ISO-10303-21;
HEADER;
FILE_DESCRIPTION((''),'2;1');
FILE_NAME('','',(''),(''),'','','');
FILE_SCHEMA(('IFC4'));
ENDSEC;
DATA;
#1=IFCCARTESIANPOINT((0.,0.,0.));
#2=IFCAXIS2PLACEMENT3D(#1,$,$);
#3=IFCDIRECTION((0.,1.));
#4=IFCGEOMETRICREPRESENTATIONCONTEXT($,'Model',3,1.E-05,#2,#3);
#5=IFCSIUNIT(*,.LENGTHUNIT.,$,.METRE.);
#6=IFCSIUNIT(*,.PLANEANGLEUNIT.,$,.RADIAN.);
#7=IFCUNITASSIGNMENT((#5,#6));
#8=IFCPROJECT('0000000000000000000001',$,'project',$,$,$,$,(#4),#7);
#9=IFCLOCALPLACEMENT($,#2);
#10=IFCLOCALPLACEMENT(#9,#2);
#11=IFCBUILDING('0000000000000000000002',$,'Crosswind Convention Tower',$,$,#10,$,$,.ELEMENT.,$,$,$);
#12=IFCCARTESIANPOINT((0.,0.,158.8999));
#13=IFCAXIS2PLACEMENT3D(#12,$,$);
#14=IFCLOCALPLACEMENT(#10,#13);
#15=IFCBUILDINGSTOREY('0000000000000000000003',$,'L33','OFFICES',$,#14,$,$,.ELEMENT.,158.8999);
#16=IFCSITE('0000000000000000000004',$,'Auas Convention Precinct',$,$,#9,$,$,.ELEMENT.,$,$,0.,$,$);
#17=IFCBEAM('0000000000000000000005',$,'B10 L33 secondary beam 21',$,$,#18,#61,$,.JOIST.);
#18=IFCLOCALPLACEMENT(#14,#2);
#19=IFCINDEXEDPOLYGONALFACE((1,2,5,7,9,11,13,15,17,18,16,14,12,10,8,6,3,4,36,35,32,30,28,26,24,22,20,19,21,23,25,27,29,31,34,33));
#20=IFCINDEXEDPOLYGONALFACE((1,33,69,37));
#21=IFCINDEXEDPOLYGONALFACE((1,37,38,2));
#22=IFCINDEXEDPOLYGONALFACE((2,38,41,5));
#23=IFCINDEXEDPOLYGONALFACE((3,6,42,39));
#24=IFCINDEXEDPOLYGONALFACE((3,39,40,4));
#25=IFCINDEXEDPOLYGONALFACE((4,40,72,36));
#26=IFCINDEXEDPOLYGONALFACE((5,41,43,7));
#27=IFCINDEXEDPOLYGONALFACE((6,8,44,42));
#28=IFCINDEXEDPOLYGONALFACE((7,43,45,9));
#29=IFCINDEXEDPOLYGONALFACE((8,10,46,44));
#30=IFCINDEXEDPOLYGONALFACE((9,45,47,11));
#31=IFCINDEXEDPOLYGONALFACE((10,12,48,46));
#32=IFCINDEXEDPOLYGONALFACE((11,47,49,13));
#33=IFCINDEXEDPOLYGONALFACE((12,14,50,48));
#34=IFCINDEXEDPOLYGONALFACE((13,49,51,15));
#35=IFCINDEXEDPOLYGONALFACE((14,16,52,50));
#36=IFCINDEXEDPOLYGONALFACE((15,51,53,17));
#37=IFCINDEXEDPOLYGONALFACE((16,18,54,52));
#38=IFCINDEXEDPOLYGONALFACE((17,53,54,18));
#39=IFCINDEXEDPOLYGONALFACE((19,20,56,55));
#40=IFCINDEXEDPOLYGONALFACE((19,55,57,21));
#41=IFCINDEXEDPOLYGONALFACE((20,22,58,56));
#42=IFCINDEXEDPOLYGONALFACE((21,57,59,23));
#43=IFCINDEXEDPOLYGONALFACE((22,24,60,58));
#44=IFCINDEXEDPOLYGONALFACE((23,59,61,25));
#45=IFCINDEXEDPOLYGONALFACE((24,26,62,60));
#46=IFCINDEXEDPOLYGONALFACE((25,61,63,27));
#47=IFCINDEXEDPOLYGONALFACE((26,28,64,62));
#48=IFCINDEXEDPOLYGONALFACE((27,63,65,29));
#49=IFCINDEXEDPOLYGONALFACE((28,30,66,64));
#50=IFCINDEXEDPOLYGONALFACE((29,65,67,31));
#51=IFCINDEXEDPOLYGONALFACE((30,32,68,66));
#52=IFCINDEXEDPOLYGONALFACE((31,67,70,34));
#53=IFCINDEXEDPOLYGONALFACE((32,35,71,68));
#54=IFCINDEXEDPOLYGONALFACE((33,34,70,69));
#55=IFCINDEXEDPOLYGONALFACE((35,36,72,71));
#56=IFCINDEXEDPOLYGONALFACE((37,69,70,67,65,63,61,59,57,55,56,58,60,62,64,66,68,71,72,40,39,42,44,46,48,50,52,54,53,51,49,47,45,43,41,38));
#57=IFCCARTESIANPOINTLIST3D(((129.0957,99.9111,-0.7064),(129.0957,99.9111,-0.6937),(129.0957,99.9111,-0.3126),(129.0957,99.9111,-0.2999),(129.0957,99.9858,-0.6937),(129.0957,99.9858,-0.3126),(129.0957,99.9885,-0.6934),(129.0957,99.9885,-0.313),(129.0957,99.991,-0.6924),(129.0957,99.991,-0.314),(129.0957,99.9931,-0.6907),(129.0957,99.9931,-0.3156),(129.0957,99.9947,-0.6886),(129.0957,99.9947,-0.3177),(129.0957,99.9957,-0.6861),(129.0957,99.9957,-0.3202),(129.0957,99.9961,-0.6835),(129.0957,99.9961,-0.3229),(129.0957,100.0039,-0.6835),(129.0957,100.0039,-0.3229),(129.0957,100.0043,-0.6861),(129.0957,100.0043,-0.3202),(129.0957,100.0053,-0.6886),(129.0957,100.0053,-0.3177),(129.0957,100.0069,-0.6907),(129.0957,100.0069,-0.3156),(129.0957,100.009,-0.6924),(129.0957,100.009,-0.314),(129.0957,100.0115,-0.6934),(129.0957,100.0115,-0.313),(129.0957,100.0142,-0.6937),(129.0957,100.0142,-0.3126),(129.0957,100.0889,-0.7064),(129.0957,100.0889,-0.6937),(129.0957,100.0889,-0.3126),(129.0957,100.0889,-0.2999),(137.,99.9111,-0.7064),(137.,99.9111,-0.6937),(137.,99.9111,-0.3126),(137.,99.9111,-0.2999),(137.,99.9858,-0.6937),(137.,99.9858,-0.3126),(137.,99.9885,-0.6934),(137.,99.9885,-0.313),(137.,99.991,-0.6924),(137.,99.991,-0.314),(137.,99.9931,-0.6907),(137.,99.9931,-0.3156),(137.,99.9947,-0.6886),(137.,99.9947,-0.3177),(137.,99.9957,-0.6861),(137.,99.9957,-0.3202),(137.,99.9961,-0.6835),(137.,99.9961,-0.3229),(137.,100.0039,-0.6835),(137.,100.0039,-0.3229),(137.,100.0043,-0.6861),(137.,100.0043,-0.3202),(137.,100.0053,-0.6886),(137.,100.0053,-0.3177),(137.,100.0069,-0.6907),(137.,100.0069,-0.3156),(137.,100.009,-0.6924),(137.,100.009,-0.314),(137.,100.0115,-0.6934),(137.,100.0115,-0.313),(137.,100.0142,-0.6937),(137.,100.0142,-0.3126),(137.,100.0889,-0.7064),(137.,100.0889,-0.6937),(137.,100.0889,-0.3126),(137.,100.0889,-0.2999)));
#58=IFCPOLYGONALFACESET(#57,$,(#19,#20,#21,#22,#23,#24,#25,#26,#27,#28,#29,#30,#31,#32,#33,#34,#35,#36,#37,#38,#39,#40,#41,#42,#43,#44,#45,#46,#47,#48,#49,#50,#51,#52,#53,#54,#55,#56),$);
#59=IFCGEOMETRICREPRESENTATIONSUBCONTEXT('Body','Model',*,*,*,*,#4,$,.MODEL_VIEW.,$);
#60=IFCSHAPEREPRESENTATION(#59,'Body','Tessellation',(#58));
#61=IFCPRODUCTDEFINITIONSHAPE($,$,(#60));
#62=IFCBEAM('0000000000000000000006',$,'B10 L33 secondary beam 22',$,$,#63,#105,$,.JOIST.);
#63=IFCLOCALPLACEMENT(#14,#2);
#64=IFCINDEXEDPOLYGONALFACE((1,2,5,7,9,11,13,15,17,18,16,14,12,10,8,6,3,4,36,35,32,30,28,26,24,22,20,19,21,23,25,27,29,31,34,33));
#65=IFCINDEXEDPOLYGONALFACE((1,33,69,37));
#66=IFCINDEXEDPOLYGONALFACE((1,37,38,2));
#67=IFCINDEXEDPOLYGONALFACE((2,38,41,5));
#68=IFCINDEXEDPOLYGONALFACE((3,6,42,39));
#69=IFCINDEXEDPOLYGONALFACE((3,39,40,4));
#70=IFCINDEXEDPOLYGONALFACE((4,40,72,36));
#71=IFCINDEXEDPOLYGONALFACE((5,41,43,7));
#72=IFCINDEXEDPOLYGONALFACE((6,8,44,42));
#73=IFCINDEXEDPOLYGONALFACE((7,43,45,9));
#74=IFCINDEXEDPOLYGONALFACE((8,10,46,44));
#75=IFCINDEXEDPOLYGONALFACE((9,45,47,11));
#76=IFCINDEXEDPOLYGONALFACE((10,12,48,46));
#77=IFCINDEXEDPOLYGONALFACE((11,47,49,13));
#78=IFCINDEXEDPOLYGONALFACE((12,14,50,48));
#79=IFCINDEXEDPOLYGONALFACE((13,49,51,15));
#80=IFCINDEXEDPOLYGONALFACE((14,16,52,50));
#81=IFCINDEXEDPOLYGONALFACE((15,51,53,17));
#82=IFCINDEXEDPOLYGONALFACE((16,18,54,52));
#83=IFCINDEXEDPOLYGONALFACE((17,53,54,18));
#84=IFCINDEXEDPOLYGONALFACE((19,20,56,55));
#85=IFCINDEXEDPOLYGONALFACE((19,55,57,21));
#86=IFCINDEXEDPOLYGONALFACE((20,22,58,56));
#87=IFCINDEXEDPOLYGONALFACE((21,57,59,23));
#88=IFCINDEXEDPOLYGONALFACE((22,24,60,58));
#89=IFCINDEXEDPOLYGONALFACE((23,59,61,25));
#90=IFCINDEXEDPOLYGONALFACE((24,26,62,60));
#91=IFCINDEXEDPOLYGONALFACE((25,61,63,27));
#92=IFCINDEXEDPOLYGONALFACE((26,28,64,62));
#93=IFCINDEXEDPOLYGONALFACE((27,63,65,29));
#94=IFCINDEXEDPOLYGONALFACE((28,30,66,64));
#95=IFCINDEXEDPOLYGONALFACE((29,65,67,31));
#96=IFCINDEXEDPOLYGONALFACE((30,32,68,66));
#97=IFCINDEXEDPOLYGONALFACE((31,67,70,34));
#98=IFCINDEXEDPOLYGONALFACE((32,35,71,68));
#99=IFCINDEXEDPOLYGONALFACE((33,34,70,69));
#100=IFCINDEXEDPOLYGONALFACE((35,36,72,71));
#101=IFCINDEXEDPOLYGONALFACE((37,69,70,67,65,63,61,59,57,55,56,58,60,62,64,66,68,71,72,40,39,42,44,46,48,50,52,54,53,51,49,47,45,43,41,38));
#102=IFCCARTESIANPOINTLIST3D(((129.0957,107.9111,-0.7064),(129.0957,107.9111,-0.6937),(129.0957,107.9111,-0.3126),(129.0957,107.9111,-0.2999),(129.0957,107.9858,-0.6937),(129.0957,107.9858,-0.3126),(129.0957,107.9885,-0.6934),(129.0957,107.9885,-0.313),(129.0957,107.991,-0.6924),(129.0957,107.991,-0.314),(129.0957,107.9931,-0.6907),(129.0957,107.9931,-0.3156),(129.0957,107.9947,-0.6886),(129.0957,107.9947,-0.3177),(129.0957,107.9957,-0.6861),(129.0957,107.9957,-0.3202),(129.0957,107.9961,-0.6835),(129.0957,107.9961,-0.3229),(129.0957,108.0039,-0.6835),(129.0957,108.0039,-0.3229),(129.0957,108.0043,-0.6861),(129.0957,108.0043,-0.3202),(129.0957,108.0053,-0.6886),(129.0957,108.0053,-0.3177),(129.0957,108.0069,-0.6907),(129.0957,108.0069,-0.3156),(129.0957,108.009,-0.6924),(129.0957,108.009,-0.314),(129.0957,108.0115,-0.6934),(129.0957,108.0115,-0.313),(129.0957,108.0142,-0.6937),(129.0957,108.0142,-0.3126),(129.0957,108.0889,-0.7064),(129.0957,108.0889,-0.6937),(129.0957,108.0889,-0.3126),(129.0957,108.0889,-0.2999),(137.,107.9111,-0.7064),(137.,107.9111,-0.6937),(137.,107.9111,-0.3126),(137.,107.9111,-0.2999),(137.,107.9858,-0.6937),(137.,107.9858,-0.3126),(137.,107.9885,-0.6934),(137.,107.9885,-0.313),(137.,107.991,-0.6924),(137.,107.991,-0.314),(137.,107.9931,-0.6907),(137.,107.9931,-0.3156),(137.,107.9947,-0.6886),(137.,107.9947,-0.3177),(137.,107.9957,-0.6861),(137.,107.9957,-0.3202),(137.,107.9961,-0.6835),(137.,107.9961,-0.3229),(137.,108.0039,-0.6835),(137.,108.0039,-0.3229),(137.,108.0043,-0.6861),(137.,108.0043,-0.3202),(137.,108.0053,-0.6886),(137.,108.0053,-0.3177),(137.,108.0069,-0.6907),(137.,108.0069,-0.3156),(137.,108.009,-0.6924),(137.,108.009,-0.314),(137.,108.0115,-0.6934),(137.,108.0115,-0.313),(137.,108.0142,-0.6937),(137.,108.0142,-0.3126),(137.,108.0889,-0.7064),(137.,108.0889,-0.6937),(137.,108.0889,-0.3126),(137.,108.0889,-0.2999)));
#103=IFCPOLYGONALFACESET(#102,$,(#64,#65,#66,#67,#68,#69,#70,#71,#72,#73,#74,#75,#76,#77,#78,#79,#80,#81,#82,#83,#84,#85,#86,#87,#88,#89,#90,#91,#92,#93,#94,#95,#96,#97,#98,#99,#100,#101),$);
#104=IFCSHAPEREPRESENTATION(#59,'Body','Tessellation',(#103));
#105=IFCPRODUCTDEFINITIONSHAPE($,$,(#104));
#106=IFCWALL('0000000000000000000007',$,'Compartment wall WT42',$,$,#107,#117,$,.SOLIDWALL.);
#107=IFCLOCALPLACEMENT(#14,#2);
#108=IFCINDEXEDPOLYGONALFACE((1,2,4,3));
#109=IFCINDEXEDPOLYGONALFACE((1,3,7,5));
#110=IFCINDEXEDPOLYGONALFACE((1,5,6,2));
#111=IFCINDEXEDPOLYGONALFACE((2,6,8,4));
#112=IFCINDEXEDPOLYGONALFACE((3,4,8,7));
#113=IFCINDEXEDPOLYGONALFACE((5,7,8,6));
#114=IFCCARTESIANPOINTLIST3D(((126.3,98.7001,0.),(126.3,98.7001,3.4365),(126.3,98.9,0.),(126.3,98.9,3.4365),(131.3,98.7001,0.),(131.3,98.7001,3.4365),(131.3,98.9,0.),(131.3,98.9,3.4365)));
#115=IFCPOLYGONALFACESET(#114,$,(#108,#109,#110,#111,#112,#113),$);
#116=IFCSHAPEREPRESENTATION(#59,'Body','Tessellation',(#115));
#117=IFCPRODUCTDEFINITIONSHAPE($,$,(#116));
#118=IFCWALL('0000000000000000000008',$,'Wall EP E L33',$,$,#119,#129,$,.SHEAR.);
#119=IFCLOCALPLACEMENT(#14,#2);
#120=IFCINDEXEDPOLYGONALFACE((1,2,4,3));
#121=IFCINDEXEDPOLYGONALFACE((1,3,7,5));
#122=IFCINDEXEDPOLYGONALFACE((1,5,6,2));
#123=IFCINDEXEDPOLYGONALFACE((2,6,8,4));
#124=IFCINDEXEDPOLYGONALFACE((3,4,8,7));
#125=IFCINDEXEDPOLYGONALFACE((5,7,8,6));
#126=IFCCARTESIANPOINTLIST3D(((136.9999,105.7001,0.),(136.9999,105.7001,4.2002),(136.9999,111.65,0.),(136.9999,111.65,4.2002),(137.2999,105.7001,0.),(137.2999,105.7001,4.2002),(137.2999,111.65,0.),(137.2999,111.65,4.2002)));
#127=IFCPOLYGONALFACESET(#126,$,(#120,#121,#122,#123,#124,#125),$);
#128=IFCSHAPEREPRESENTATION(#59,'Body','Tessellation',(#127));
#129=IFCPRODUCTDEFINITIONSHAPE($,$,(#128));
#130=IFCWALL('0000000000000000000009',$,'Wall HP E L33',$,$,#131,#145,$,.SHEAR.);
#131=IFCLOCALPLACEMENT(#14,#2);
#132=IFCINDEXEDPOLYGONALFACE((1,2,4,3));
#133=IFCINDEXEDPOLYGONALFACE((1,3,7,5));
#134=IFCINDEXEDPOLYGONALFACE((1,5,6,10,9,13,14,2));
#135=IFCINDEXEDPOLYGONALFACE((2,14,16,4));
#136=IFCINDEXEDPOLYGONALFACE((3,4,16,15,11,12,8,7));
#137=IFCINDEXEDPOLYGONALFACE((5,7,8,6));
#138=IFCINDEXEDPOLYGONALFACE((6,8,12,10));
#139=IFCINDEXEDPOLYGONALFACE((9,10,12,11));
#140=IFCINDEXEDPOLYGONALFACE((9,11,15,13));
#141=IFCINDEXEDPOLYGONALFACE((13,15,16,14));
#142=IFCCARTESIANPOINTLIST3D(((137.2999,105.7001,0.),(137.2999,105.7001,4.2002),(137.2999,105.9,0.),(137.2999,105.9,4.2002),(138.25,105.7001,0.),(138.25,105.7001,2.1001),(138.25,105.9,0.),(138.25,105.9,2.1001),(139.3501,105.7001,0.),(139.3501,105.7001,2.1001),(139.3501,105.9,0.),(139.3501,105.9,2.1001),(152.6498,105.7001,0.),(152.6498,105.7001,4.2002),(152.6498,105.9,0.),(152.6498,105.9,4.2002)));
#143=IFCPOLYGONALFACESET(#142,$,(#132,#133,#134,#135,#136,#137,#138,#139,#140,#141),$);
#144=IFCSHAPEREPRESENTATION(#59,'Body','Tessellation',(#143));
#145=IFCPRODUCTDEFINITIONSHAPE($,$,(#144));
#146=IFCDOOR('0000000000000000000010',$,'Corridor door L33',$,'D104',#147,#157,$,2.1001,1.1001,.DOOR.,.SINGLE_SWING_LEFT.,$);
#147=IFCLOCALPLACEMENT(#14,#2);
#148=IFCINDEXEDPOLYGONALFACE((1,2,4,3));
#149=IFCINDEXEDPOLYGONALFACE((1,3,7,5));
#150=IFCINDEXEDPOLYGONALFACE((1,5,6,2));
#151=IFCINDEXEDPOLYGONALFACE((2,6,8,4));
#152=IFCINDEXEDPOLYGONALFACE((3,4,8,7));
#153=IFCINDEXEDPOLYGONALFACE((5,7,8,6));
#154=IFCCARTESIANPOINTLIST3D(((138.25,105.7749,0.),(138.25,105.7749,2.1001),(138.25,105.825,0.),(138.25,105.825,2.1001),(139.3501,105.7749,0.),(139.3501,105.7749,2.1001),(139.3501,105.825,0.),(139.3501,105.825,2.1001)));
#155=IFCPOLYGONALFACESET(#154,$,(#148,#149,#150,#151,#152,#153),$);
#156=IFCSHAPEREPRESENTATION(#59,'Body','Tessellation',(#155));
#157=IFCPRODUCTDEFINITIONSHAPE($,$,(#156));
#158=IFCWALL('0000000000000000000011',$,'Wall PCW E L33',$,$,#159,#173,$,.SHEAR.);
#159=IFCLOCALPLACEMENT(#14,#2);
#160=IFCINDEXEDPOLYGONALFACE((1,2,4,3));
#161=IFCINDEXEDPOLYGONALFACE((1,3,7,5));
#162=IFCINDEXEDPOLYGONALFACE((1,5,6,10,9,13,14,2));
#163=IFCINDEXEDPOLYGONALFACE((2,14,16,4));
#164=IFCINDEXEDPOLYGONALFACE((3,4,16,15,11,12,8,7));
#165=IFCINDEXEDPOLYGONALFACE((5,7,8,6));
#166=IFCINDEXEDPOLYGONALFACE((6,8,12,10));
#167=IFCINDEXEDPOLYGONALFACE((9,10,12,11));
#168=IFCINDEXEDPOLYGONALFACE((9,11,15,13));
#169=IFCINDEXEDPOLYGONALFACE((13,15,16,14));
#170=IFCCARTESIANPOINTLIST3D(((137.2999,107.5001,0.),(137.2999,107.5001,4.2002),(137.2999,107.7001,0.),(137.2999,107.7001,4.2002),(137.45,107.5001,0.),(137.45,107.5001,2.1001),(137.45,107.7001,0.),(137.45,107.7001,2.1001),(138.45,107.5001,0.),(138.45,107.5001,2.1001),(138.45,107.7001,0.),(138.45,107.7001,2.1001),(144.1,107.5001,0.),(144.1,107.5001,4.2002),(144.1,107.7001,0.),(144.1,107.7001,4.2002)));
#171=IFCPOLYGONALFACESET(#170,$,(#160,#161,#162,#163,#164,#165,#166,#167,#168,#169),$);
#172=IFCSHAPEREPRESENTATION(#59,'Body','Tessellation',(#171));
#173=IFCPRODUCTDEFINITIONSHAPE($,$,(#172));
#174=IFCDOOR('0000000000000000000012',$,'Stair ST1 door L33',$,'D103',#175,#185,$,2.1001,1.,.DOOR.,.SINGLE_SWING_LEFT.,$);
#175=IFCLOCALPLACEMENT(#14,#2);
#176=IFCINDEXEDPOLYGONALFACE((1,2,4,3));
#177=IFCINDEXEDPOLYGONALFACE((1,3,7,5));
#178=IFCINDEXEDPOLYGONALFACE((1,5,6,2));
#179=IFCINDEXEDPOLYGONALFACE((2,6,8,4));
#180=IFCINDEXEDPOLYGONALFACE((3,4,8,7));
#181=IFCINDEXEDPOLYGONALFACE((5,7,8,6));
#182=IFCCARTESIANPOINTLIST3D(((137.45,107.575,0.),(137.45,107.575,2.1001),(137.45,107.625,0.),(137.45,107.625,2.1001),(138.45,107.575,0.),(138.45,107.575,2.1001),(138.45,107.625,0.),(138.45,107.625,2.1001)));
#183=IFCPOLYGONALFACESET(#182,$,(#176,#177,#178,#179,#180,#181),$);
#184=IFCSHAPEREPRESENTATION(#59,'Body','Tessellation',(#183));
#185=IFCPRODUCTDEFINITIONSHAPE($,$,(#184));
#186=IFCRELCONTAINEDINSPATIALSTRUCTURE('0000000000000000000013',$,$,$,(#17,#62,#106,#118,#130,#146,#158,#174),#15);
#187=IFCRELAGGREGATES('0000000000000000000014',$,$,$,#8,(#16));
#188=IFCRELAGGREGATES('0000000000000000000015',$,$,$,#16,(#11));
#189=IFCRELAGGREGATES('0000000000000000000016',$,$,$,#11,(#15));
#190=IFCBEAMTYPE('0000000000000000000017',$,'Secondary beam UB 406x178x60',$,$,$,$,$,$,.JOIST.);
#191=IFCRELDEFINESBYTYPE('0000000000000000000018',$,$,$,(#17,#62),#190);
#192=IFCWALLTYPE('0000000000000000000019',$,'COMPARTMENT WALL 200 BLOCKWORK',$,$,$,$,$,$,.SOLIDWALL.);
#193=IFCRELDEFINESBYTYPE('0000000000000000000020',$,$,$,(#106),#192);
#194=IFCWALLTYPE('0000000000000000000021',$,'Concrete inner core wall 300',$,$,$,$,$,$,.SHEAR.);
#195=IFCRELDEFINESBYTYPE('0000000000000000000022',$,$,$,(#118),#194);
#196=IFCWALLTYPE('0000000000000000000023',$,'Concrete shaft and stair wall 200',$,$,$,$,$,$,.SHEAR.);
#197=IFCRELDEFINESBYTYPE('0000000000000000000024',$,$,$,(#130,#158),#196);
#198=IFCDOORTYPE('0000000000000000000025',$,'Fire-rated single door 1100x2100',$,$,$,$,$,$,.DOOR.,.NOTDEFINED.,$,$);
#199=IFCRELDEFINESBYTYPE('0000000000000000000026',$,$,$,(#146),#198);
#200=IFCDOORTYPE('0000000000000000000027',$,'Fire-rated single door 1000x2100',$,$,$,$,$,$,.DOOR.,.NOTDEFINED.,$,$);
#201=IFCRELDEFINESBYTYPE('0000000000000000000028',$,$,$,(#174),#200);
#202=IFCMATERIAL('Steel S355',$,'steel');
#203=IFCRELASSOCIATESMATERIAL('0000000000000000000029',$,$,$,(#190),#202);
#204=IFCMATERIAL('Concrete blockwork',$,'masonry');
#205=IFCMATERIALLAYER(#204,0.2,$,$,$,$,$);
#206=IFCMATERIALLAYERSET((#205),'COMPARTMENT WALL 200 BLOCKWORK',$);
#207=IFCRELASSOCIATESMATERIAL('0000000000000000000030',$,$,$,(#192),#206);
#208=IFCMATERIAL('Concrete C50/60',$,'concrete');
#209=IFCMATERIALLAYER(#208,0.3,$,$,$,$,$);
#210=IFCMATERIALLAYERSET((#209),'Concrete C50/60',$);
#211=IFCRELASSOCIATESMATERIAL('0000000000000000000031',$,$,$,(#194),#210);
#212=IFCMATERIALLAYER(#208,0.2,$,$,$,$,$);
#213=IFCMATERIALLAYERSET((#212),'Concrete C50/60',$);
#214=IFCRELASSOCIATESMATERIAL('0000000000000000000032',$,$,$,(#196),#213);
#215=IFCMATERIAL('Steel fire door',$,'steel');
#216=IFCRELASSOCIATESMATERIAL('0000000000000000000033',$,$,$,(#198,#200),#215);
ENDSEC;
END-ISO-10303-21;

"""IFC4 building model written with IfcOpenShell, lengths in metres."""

from ifc_helpers import new_model, si_unit, direction, frame, frame_2d, origin, origin_2d, place, context, subcontext, project, spatial, rectangle, i_section, extrude, material, layer, layer_set, material_profile, profile_set, type_object, element, fill, save


model = new_model("IFC4")

# Units and contexts
model_context = context("Model", 3, precision=1e-05, world=origin(), true_north=direction((0.0, 1.0)))
body_context = subcontext(model_context, "Body", "Model", "MODEL_VIEW")
ifc_project = project(units=[si_unit("LENGTHUNIT", "METRE"), si_unit("PLANEANGLEUNIT", "RADIAN")], contexts=[model_context])

# Site, building, storey
site_placement = place(None, origin())
site = spatial("IfcSite", under=ifc_project, at=site_placement, Name="Auas Convention Precinct", CompositionType="ELEMENT", RefElevation=0.0)
building_placement = place(site_placement, origin())
building = spatial("IfcBuilding", under=site, at=building_placement, Name="Crosswind Convention Tower", CompositionType="ELEMENT")
storey_placement = place(building_placement, frame((0.0, 0.0, 158.8999)))
storey = spatial("IfcBuildingStorey", under=building, at=storey_placement, Name="L33", Description="OFFICES", CompositionType="ELEMENT", Elevation=158.8999)

# Beams
ifc_material_1 = material(Name="Steel S355", Category="steel")
ifc_material_profile_1 = material_profile(ifc_material_1, i_section(OverallWidth=0.1777, OverallDepth=0.4065, WebThickness=0.0078, FlangeThickness=0.0127, FilletRadius=0.0103, at=origin_2d()), Name="UB 406x178x60")
ifc_profile_set_1 = profile_set([ifc_material_profile_1], Name="Steel S355")
beam_type_1 = type_object("IfcBeamType", Name="Secondary beam UB 406x178x60", PredefinedType="JOIST", material=ifc_profile_set_1)
for number, where, z_axis, x_axis, name in (
    (1, (129.0957, 100.0, -0.5032), (1.0, 0.0, 0.0), (0.0, 1.0, 0.0), "B10 L33 secondary beam 21"),
    (2, (129.0957, 108.0, -0.5032), (1.0, 0.0, 0.0), (0.0, 1.0, 0.0), "B10 L33 secondary beam 22"),
):
    element("IfcBeam", number, at=place(storey_placement, frame(where, z_axis=z_axis, x_axis=x_axis)), inside=storey, type_object=beam_type_1, Name=name, PredefinedType="JOIST", context=body_context, shape_type="SweptSolid", body=[
        extrude(i_section(OverallWidth=0.1777, OverallDepth=0.4065, WebThickness=0.0078, FlangeThickness=0.0127, FilletRadius=0.0103, at=origin_2d()), origin(), (0.0, 0.0, 1.0), 7.9043),
    ])

# Walls
ifc_material_2 = material(Name="Concrete blockwork", Category="masonry")
ifc_layer_1 = layer(ifc_material_2, 0.2)
ifc_layer_set_1 = layer_set([ifc_layer_1], Name="COMPARTMENT WALL 200 BLOCKWORK")
wall_type_1 = type_object("IfcWallType", Name="COMPARTMENT WALL 200 BLOCKWORK", PredefinedType="SOLIDWALL", material=ifc_layer_set_1)
wall_1_placement = place(storey_placement, frame((126.3, 98.8, 0.0), z_axis=(0.0, 0.0, 1.0), x_axis=(1.0, 0.0, 0.0)))
element("IfcWall", 3, at=wall_1_placement, inside=storey, type_object=wall_type_1, Name="Compartment wall WT42", PredefinedType="SOLIDWALL", context=body_context, shape_type="SweptSolid", body=[
    extrude(rectangle(XDim=5.0, YDim=0.2, at=frame_2d((2.5, 0.0))), origin(), (0.0, 0.0, 1.0), 3.4365),
])
ifc_material_3 = material(Name="Concrete C50/60", Category="concrete")
ifc_layer_2 = layer(ifc_material_3, 0.3)
ifc_layer_set_2 = layer_set([ifc_layer_2], Name="Concrete C50/60")
wall_type_2 = type_object("IfcWallType", Name="Concrete inner core wall 300", PredefinedType="SHEAR", material=ifc_layer_set_2)
wall_2_placement = place(storey_placement, frame((137.1499, 105.7, 0.0), z_axis=(0.0, 0.0, 1.0), x_axis=(0.0, 1.0, 0.0)))
element("IfcWall", 4, at=wall_2_placement, inside=storey, type_object=wall_type_2, Name="Wall EP E L33", PredefinedType="SHEAR", context=body_context, shape_type="SweptSolid", body=[
    extrude(rectangle(XDim=5.95, YDim=0.3, at=frame_2d((2.9751, 0.0))), origin(), (0.0, 0.0, 1.0), 4.2002),
])

# Walls, openings, doors
ifc_layer_3 = layer(ifc_material_3, 0.2)
ifc_layer_set_3 = layer_set([ifc_layer_3], Name="Concrete C50/60")
wall_type_3 = type_object("IfcWallType", Name="Concrete shaft and stair wall 200", PredefinedType="SHEAR", material=ifc_layer_set_3)
wall_3_placement = place(storey_placement, frame((137.3, 105.8, 0.0), z_axis=(0.0, 0.0, 1.0), x_axis=(1.0, 0.0, 0.0)))
wall_3 = element("IfcWall", 5, at=wall_3_placement, inside=storey, type_object=wall_type_3, Name="Wall HP E L33", PredefinedType="SHEAR", context=body_context, shape_type="SweptSolid", body=[
    extrude(rectangle(XDim=15.3499, YDim=0.2, at=frame_2d((7.6748, 0.0))), origin(), (0.0, 0.0, 1.0), 4.2002),
])
opening_1_placement = place(wall_3_placement, frame((0.95, 0.0, 0.0)))
opening_1 = element("IfcOpeningElement", 6, at=opening_1_placement, cuts=wall_3, PredefinedType="OPENING", context=body_context, shape_type="SweptSolid", body=[
    extrude(rectangle(XDim=1.1001, YDim=2.1001, at=frame_2d((0.55, 1.05))), frame((0.0, 0.1099, 0.0), z_axis=(0.0, -1.0, 0.0), x_axis=(1.0, 0.0, 0.0)), (0.0, 0.0, 1.0), 0.22),
])
ifc_material_4 = material(Name="Steel fire door", Category="steel")
door_type_1 = type_object("IfcDoorType", Name="Fire-rated single door 1100x2100", OperationType="NOTDEFINED", PredefinedType="DOOR", material=ifc_material_4)
door_1_placement = place(opening_1_placement, origin())
door_1 = element("IfcDoor", 7, at=door_1_placement, inside=storey, type_object=door_type_1, Name="Corridor door L33", ObjectType="D104", OperationType="SINGLE_SWING_LEFT", OverallHeight=2.1001, OverallWidth=1.1001, PredefinedType="DOOR", context=body_context, shape_type="SweptSolid", body=[
    extrude(rectangle(XDim=1.1001, YDim=2.1001, at=frame_2d((0.55, 1.05))), frame((0.0, 0.0249, 0.0), z_axis=(0.0, -1.0, 0.0), x_axis=(1.0, 0.0, 0.0)), (0.0, 0.0, 1.0), 0.05),
])
fill(opening_1, door_1)
wall_4_placement = place(storey_placement, frame((137.3, 107.6001, 0.0), z_axis=(0.0, 0.0, 1.0), x_axis=(1.0, 0.0, 0.0)))
wall_4 = element("IfcWall", 8, at=wall_4_placement, inside=storey, type_object=wall_type_3, Name="Wall PCW E L33", PredefinedType="SHEAR", context=body_context, shape_type="SweptSolid", body=[
    extrude(rectangle(XDim=6.8, YDim=0.2, at=frame_2d((3.3999, 0.0))), origin(), (0.0, 0.0, 1.0), 4.2002),
])
opening_2_placement = place(wall_4_placement, frame((0.1499, 0.0, 0.0)))
opening_2 = element("IfcOpeningElement", 9, at=opening_2_placement, cuts=wall_4, PredefinedType="OPENING", context=body_context, shape_type="SweptSolid", body=[
    extrude(rectangle(XDim=1.0, YDim=2.1001, at=frame_2d((0.5, 1.05))), frame((0.0, 0.1099, 0.0), z_axis=(0.0, -1.0, 0.0), x_axis=(1.0, 0.0, 0.0)), (0.0, 0.0, 1.0), 0.22),
])
door_type_2 = type_object("IfcDoorType", Name="Fire-rated single door 1000x2100", OperationType="NOTDEFINED", PredefinedType="DOOR", material=ifc_material_4)
door_2_placement = place(opening_2_placement, origin())
door_2 = element("IfcDoor", 10, at=door_2_placement, inside=storey, type_object=door_type_2, Name="Stair ST1 door L33", ObjectType="D103", OperationType="SINGLE_SWING_LEFT", OverallHeight=2.1001, OverallWidth=1.0, PredefinedType="DOOR", context=body_context, shape_type="SweptSolid", body=[
    extrude(rectangle(XDim=1.0, YDim=2.1001, at=frame_2d((0.5, 1.05))), frame((0.0, 0.0249, 0.0), z_axis=(0.0, -1.0, 0.0), x_axis=(1.0, 0.0, 0.0)), (0.0, 0.0, 1.0), 0.05),
])
fill(opening_2, door_2)

save(model, "model.ifc")
